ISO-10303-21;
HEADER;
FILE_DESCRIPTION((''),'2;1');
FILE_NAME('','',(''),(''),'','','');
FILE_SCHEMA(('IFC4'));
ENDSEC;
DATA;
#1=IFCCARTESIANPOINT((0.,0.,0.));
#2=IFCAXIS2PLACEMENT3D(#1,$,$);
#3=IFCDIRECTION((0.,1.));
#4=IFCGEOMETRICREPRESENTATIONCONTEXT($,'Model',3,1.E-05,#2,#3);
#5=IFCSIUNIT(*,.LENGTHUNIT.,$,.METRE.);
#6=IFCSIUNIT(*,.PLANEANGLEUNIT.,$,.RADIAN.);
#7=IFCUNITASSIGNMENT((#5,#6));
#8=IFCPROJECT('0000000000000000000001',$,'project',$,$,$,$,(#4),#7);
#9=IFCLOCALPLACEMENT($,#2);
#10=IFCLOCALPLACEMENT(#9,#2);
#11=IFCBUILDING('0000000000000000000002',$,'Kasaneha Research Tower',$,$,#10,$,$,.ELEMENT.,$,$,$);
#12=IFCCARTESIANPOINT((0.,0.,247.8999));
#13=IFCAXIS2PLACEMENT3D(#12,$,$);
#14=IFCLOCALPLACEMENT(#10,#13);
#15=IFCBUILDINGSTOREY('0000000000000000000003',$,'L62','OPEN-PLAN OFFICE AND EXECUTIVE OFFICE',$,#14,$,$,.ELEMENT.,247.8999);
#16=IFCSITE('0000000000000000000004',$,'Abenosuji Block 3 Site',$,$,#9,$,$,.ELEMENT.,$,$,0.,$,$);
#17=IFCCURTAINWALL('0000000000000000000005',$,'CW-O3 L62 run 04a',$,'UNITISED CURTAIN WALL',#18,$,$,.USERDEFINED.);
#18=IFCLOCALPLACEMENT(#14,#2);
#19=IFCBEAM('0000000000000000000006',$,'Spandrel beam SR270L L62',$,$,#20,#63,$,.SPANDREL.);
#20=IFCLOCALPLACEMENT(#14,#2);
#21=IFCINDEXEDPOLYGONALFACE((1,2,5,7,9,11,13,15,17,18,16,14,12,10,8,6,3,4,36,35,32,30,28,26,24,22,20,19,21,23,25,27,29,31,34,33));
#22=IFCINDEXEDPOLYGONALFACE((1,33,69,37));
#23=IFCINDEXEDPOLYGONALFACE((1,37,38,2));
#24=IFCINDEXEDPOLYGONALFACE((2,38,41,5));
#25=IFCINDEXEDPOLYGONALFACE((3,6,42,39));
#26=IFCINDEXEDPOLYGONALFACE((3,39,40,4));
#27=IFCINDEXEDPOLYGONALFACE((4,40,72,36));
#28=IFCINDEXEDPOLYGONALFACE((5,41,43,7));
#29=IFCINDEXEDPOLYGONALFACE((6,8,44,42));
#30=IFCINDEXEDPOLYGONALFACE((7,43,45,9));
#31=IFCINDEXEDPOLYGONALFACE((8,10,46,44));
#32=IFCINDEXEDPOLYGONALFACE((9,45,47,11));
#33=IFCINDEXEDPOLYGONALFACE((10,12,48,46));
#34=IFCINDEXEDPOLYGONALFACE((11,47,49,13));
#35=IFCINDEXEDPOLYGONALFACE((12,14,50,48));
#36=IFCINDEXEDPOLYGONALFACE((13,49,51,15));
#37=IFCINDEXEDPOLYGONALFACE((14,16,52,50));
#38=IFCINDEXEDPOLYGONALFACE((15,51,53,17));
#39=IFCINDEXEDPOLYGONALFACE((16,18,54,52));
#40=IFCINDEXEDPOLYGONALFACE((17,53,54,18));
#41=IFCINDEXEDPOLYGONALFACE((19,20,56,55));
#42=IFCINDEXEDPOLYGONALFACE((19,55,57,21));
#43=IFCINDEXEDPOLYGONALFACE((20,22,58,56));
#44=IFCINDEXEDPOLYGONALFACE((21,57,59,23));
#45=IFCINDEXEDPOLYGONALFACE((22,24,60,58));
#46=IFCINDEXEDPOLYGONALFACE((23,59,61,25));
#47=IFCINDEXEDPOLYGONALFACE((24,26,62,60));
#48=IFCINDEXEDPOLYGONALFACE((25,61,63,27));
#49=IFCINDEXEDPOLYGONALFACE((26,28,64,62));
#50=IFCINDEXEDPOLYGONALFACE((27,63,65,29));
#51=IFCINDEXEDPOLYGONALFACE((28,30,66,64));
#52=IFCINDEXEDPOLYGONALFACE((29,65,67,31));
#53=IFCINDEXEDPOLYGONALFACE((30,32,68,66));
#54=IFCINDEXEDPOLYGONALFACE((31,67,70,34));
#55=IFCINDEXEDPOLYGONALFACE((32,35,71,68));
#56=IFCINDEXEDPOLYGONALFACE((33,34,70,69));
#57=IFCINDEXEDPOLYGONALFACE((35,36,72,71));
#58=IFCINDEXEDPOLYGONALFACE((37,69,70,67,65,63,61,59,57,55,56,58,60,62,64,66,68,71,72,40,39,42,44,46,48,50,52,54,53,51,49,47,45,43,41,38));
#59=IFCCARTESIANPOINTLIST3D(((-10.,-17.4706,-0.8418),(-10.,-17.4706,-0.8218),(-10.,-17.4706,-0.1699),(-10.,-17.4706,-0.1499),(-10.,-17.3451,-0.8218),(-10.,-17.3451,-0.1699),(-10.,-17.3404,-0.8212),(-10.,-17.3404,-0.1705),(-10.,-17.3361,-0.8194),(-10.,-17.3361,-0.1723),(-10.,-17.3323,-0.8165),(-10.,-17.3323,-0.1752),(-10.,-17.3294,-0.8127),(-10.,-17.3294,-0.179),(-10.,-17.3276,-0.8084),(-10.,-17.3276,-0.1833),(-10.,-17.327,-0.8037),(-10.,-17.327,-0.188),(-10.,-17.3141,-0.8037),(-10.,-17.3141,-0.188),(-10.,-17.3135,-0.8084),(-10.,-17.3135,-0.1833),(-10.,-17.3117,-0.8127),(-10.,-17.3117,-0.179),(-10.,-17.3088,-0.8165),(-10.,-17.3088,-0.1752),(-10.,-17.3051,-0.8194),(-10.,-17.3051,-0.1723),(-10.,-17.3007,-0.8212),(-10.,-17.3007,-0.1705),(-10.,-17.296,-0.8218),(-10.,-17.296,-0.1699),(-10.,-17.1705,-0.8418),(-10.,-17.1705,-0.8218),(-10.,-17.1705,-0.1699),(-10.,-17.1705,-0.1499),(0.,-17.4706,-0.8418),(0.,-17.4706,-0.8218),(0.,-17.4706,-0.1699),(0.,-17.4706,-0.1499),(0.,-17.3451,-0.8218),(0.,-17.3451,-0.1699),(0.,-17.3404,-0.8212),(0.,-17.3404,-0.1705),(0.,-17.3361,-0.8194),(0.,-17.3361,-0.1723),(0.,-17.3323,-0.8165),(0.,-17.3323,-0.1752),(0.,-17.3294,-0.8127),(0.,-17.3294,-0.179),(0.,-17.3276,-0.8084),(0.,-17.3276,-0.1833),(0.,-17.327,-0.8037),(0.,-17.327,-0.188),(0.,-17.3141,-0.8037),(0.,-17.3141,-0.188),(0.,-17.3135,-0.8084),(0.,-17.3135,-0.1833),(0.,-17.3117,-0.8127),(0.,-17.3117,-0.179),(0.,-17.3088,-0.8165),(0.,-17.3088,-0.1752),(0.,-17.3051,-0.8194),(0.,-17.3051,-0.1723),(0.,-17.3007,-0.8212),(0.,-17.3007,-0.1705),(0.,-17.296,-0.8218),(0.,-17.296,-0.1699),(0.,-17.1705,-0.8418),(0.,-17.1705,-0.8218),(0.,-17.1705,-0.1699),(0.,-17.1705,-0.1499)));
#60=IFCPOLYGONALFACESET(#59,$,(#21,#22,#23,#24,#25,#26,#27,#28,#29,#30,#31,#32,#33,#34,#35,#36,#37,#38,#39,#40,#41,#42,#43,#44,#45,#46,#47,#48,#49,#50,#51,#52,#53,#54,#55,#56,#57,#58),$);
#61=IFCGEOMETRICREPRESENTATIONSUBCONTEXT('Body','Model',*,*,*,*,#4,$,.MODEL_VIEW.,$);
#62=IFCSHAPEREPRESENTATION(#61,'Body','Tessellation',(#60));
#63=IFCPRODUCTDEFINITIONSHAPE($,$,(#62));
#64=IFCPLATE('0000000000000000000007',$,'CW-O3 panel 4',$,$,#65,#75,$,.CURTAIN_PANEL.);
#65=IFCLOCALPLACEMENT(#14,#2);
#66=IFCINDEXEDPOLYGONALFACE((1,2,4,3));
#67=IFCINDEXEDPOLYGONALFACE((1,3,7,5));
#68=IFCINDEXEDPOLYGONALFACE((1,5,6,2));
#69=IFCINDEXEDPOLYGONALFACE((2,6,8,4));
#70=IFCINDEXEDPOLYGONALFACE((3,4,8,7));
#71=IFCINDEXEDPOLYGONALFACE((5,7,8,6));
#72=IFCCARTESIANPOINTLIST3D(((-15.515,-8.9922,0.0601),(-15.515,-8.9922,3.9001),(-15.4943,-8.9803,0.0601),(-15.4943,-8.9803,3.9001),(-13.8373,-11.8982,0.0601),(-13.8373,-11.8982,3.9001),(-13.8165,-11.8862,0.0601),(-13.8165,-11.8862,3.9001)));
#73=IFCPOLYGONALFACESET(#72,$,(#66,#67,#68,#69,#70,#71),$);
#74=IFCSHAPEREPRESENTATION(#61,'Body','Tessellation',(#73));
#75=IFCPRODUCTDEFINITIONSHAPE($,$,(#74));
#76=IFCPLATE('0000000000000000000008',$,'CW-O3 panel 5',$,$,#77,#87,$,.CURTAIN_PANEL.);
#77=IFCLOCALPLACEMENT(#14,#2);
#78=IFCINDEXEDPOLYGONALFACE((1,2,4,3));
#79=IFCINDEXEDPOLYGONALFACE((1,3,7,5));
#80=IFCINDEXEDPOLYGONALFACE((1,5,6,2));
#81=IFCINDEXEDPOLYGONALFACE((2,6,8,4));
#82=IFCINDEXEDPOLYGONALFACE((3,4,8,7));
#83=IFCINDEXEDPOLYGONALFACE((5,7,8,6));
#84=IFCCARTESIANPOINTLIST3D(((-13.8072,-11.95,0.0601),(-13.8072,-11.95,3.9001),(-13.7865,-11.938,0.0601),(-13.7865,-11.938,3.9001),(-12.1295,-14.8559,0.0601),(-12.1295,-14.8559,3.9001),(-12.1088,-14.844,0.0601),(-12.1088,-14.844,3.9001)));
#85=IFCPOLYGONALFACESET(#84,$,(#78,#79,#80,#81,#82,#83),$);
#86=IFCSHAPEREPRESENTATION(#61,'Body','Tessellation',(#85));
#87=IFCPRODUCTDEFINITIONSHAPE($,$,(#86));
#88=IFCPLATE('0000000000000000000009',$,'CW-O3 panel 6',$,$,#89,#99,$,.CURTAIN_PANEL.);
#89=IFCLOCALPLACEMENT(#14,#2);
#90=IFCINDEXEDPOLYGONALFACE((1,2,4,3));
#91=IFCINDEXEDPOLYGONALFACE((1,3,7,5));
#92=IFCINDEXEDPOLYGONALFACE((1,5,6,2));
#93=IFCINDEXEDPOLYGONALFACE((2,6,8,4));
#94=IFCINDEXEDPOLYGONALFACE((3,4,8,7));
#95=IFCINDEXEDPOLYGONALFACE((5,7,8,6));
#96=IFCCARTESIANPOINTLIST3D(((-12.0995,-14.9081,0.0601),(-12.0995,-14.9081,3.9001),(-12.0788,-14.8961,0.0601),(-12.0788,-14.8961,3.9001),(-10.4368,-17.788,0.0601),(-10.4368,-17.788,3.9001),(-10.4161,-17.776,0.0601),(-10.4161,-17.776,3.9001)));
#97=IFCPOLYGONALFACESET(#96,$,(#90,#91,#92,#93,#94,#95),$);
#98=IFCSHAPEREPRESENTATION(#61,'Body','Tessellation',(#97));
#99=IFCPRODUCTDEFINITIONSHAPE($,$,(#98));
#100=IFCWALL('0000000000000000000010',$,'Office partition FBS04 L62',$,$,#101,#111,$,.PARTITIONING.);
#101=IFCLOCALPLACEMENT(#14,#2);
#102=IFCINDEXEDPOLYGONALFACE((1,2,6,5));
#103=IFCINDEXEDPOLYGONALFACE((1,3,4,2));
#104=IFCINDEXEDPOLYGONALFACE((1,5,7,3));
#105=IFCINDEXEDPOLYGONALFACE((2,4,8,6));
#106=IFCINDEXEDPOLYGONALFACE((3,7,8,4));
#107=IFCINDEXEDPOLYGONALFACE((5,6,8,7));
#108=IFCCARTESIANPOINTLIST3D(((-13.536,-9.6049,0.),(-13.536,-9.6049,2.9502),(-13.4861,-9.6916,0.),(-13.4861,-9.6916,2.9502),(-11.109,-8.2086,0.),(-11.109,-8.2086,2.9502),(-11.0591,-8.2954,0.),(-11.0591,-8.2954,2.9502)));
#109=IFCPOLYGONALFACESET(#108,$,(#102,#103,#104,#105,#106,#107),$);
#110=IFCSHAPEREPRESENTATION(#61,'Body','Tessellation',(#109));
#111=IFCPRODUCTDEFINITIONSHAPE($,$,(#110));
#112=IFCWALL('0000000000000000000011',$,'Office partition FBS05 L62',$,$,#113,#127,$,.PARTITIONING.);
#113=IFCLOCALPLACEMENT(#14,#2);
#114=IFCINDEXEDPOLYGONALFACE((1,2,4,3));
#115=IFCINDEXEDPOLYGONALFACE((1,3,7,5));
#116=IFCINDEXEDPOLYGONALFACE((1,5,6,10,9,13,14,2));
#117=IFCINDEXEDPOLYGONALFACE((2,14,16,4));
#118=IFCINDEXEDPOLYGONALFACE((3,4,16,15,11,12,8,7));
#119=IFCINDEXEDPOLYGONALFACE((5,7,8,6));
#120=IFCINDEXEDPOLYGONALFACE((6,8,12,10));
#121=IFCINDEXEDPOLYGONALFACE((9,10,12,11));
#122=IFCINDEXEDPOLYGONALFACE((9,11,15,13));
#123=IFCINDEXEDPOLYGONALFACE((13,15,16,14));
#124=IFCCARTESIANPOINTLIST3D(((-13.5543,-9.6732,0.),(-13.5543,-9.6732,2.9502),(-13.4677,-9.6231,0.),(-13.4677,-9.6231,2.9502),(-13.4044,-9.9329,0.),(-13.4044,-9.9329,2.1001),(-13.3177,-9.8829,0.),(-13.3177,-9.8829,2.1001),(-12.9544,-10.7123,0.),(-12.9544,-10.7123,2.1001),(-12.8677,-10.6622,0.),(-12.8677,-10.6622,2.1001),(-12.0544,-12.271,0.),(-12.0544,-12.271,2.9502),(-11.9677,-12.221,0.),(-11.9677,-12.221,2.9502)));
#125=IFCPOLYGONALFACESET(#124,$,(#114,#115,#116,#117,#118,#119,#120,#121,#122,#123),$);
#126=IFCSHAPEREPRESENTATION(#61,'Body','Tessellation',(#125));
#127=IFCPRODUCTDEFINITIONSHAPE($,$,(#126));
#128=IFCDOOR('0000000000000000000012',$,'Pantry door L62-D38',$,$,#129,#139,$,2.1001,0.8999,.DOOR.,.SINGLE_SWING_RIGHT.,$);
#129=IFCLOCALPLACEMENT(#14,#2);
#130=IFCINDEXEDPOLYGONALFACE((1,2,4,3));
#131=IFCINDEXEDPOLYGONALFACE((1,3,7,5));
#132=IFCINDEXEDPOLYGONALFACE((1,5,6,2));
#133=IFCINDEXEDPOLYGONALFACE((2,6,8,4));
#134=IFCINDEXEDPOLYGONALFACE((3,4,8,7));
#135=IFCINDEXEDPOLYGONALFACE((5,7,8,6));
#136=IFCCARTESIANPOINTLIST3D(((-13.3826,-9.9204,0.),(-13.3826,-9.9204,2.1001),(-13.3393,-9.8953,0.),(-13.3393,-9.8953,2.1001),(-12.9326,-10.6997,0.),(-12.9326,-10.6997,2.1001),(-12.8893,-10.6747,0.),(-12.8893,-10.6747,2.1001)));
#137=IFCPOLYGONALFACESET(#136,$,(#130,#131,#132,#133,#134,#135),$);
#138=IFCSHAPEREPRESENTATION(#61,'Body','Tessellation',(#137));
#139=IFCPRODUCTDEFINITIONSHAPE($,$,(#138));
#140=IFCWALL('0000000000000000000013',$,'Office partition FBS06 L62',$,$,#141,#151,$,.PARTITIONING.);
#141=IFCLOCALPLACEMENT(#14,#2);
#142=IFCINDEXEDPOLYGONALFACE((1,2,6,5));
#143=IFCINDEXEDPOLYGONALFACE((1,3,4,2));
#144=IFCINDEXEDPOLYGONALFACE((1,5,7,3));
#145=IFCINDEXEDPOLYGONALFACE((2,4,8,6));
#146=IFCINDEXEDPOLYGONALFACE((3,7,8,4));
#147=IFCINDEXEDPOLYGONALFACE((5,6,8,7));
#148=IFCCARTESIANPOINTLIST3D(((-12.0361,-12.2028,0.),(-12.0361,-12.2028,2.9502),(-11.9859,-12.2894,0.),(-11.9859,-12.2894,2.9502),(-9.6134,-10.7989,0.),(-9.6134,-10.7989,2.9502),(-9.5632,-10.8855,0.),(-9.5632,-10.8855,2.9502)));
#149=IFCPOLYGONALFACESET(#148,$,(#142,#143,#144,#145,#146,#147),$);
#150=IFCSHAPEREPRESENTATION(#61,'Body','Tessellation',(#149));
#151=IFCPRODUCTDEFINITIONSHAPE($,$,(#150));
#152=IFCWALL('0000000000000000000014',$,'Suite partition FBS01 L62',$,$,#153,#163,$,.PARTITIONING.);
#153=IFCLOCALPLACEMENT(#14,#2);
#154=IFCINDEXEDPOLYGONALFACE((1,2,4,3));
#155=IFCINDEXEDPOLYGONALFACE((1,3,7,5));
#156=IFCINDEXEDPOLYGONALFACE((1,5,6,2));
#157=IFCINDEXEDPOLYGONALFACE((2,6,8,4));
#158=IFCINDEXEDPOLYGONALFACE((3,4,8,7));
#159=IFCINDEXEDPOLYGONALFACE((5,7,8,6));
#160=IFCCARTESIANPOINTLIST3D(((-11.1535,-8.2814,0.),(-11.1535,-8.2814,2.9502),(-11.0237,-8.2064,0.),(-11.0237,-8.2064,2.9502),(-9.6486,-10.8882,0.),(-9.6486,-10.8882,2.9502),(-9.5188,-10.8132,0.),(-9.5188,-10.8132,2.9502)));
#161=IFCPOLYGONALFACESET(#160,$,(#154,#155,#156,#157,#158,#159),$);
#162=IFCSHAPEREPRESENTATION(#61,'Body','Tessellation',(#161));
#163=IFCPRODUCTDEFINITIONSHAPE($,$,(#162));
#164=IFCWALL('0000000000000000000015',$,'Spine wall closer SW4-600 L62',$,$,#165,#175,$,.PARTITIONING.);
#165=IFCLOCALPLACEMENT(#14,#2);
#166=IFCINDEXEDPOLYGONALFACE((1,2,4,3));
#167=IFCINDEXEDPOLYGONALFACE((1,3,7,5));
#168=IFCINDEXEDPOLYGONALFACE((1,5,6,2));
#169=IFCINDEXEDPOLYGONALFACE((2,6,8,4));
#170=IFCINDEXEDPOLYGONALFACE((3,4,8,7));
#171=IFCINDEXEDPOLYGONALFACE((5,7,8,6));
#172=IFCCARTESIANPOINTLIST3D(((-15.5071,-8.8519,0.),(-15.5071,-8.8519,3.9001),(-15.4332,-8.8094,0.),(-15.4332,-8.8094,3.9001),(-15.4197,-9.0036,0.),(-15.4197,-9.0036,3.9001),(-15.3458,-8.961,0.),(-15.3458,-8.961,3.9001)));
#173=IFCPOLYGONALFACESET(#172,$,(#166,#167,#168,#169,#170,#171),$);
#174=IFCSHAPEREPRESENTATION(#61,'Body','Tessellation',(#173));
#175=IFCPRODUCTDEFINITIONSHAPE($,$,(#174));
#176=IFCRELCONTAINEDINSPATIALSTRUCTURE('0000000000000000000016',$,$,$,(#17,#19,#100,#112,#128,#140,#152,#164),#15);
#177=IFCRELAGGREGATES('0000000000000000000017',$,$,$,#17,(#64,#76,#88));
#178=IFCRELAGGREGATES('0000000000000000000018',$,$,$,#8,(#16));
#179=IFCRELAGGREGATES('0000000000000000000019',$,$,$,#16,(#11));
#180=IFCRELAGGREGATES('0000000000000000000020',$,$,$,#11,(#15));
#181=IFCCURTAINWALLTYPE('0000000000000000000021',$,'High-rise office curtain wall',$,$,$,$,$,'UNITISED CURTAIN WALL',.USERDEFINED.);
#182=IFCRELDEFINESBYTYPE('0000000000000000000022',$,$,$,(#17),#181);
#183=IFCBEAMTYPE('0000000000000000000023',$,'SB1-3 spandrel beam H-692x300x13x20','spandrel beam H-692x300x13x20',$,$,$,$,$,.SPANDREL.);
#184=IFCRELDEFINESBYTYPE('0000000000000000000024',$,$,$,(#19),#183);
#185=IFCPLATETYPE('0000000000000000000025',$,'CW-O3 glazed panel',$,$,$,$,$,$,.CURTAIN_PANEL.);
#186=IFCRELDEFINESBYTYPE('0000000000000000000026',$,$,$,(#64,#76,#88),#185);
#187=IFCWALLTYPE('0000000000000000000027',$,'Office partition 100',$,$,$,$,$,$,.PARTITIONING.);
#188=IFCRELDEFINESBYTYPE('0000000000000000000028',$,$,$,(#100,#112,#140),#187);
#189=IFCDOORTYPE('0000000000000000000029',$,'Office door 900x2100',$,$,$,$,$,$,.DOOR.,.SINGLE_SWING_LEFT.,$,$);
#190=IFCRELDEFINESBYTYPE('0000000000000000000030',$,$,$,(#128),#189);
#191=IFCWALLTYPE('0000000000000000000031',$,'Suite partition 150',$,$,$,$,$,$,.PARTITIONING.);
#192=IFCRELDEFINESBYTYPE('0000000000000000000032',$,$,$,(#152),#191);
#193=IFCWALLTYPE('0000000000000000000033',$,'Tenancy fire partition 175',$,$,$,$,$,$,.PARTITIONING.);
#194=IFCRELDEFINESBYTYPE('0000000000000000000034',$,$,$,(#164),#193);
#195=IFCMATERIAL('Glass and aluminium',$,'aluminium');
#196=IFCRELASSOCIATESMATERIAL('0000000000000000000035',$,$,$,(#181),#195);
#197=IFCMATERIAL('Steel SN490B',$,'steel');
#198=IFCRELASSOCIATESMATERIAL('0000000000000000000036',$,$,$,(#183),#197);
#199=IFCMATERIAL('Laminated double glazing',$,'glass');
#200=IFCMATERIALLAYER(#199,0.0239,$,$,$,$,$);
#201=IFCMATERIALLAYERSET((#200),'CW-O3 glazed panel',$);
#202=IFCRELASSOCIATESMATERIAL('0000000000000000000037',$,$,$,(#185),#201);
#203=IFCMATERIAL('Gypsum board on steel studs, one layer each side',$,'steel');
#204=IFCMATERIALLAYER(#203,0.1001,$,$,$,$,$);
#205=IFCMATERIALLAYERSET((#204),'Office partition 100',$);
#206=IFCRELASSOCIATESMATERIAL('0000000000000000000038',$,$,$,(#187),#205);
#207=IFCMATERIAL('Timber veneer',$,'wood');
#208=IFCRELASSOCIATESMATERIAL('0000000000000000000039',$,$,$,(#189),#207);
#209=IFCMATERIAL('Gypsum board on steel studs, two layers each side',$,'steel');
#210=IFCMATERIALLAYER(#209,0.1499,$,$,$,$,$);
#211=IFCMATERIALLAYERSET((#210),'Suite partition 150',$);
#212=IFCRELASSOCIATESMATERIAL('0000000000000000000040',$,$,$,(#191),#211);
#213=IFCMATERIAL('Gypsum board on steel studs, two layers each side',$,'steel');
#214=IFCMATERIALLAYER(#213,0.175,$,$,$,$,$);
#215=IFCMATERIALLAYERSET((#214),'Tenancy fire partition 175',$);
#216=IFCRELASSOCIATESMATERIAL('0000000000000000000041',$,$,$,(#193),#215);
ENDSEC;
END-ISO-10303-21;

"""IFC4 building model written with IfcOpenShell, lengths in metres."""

from ifc_helpers import new_model, si_unit, direction, frame, frame_2d, origin, origin_2d, place, context, subcontext, project, spatial, rectangle, i_section, extrude, material, layer, layer_set, material_profile, profile_set, type_object, element, fill, aggregate, save


model = new_model("IFC4")

# Units and contexts
model_context = context("Model", 3, precision=1e-05, world=origin(), true_north=direction((0.0, 1.0)))
body_context = subcontext(model_context, "Body", "Model", "MODEL_VIEW")
ifc_project = project(units=[si_unit("LENGTHUNIT", "METRE"), si_unit("PLANEANGLEUNIT", "RADIAN")], contexts=[model_context])

# Site, building, storey
site_placement = place(None, origin())
site = spatial("IfcSite", under=ifc_project, at=site_placement, Name="Abenosuji Block 3 Site", CompositionType="ELEMENT", RefElevation=0.0)
building_placement = place(site_placement, origin())
building = spatial("IfcBuilding", under=site, at=building_placement, Name="Kasaneha Research Tower", CompositionType="ELEMENT")
storey_placement = place(building_placement, frame((0.0, 0.0, 247.8999)))
storey = spatial("IfcBuildingStorey", under=building, at=storey_placement, Name="L62", Description="OPEN-PLAN OFFICE AND EXECUTIVE OFFICE", CompositionType="ELEMENT", Elevation=247.8999)

# Curtain wall
ifc_material_1 = material(Name="Glass and aluminium", Category="aluminium")
curtain_wall_type = type_object("IfcCurtainWallType", Name="High-rise office curtain wall", ElementType="UNITISED CURTAIN WALL", PredefinedType="USERDEFINED", material=ifc_material_1)
curtain_wall_1_placement = place(storey_placement, origin())
curtain_wall_1 = element("IfcCurtainWall", 1, at=curtain_wall_1_placement, inside=storey, type_object=curtain_wall_type, Name="CW-O3 L62 run 04a", ObjectType="UNITISED CURTAIN WALL", PredefinedType="USERDEFINED")

# Beam
ifc_material_2 = material(Name="Steel SN490B", Category="steel")
ifc_material_profile_1 = material_profile(ifc_material_2, i_section(OverallWidth=0.3, OverallDepth=0.6919, WebThickness=0.0129, FlangeThickness=0.02, FilletRadius=0.0181, at=origin_2d()), Name="H-692x300x13x20")
ifc_profile_set_1 = profile_set([ifc_material_profile_1], Name="Steel SN490B")
beam_type_1 = type_object("IfcBeamType", Name="SB1-3 spandrel beam H-692x300x13x20", Description="spandrel beam H-692x300x13x20", PredefinedType="SPANDREL", material=ifc_profile_set_1)
beam_1_placement = place(storey_placement, frame((-10.0, -17.3206, -0.4958), z_axis=(1.0, 0.0, 0.0), x_axis=(0.0, 1.0, 0.0)))
element("IfcBeam", 2, at=beam_1_placement, inside=storey, type_object=beam_type_1, Name="Spandrel beam SR270L L62", PredefinedType="SPANDREL", context=body_context, shape_type="SweptSolid", body=[
    extrude(i_section(OverallWidth=0.3, OverallDepth=0.6919, WebThickness=0.0129, FlangeThickness=0.02, FilletRadius=0.0181, at=origin_2d()), origin(), (0.0, 0.0, 1.0), 10.0),
])

# Plates
ifc_material_3 = material(Name="Laminated double glazing", Category="glass")
ifc_layer_1 = layer(ifc_material_3, 0.0239)
ifc_layer_set_1 = layer_set([ifc_layer_1], Name="CW-O3 glazed panel")
plate_type = type_object("IfcPlateType", Name="CW-O3 glazed panel", PredefinedType="CURTAIN_PANEL", material=ifc_layer_set_1)
plate_1_placement = place(storey_placement, frame((-14.6658, -10.4392, 0.0601), z_axis=(0.0, 0.0, 1.0), x_axis=(0.5, -0.866025, 0.0)))
plate_1 = element("IfcPlate", 3, at=plate_1_placement, type_object=plate_type, Name="CW-O3 panel 4", PredefinedType="CURTAIN_PANEL", context=body_context, shape_type="SweptSolid", body=[
    extrude(rectangle(XDim=3.3555, YDim=0.0239, at=origin_2d()), origin(), (0.0, 0.0, 1.0), 3.8401),
])
plate_2_placement = place(storey_placement, frame((-12.958, -13.397, 0.0601), z_axis=(0.0, 0.0, 1.0), x_axis=(0.5, -0.866025, 0.0)))
plate_2 = element("IfcPlate", 4, at=plate_2_placement, type_object=plate_type, Name="CW-O3 panel 5", PredefinedType="CURTAIN_PANEL", context=body_context, shape_type="SweptSolid", body=[
    extrude(rectangle(XDim=3.3555, YDim=0.0239, at=origin_2d()), origin(), (0.0, 0.0, 1.0), 3.8401),
])
plate_3_placement = place(storey_placement, frame((-11.2578, -16.342, 0.0601), z_axis=(0.0, 0.0, 1.0), x_axis=(0.5, -0.866025, 0.0)))
plate_3 = element("IfcPlate", 5, at=plate_3_placement, type_object=plate_type, Name="CW-O3 panel 6", PredefinedType="CURTAIN_PANEL", context=body_context, shape_type="SweptSolid", body=[
    extrude(rectangle(XDim=3.3254, YDim=0.0239, at=origin_2d()), origin(), (0.0, 0.0, 1.0), 3.8401),
])
aggregate(curtain_wall_1, [plate_1, plate_2, plate_3])

# Wall
ifc_material_4 = material(Name="Gypsum board on steel studs, one layer each side", Category="steel")
ifc_layer_2 = layer(ifc_material_4, 0.1001)
ifc_layer_set_2 = layer_set([ifc_layer_2], Name="Office partition 100")
wall_type_1 = type_object("IfcWallType", Name="Office partition 100", PredefinedType="PARTITIONING", material=ifc_layer_set_2)
wall_1_placement = place(storey_placement, frame((-13.511, -9.6482, 0.0), z_axis=(0.0, 0.0, 1.0), x_axis=(0.866796, 0.498663, 0.0)))
element("IfcWall", 6, at=wall_1_placement, inside=storey, type_object=wall_type_1, Name="Office partition FBS04 L62", PredefinedType="PARTITIONING", context=body_context, shape_type="SweptSolid", body=[
    extrude(rectangle(XDim=2.8, YDim=0.1001, at=frame_2d((1.3999, 0.0))), origin(), (0.0, 0.0, 1.0), 2.9502),
])

# Wall, opening, door
wall_2_placement = place(storey_placement, frame((-12.011, -12.2461, 0.0), z_axis=(0.0, 0.0, 1.0), x_axis=(-0.500025, 0.866011, 0.0)))
wall_2 = element("IfcWall", 7, at=wall_2_placement, inside=storey, type_object=wall_type_1, Name="Office partition FBS05 L62", PredefinedType="PARTITIONING", context=body_context, shape_type="SweptSolid", body=[
    extrude(rectangle(XDim=2.9998, YDim=0.1001, at=frame_2d((1.5, 0.0))), origin(), (0.0, 0.0, 1.0), 2.9502),
])
opening_placement = place(wall_2_placement, frame((1.8, 0.0, 0.0)))
opening = element("IfcOpeningElement", 8, at=opening_placement, cuts=wall_2, PredefinedType="OPENING", context=body_context, shape_type="SweptSolid", body=[
    extrude(rectangle(XDim=0.8999, YDim=2.1001, at=frame_2d((0.45, 1.05))), frame((0.0, 0.0601, 0.0), z_axis=(0.0, -1.0, 0.0), x_axis=(1.0, 0.0, 0.0)), (0.0, 0.0, 1.0), 0.1201),
])
ifc_material_5 = material(Name="Timber veneer", Category="wood")
door_type = type_object("IfcDoorType", Name="Office door 900x2100", OperationType="SINGLE_SWING_LEFT", PredefinedType="DOOR", material=ifc_material_5)
door_placement = place(opening_placement, origin())
door = element("IfcDoor", 9, at=door_placement, inside=storey, type_object=door_type, Name="Pantry door L62-D38", OperationType="SINGLE_SWING_RIGHT", OverallHeight=2.1001, OverallWidth=0.8999, PredefinedType="DOOR", context=body_context, shape_type="SweptSolid", body=[
    extrude(rectangle(XDim=0.8999, YDim=2.1001, at=frame_2d((0.45, 1.05))), frame((0.0, 0.0249, 0.0), z_axis=(0.0, -1.0, 0.0), x_axis=(1.0, 0.0, 0.0)), (0.0, 0.0, 1.0), 0.05),
])
fill(opening, door)

# Walls
wall_3_placement = place(storey_placement, frame((-9.5884, -10.8423, 0.0), z_axis=(0.0, 0.0, 1.0), x_axis=(-0.865233, -0.50137, 0.0)))
element("IfcWall", 10, at=wall_3_placement, inside=storey, type_object=wall_type_1, Name="Office partition FBS06 L62", PredefinedType="PARTITIONING", context=body_context, shape_type="SweptSolid", body=[
    extrude(rectangle(XDim=2.8, YDim=0.1001, at=frame_2d((1.3999, 0.0))), origin(), (0.0, 0.0, 1.0), 2.9502),
])
ifc_material_6 = material(Name="Gypsum board on steel studs, two layers each side", Category="steel")
ifc_layer_3 = layer(ifc_material_6, 0.1499)
ifc_layer_set_3 = layer_set([ifc_layer_3], Name="Suite partition 150")
wall_type_2 = type_object("IfcWallType", Name="Suite partition 150", PredefinedType="PARTITIONING", material=ifc_layer_set_3)
wall_4_placement = place(storey_placement, frame((-9.5837, -10.8506, 0.0), z_axis=(0.0, 0.0, 1.0), x_axis=(-0.499978, 0.866038, 0.0)))
element("IfcWall", 11, at=wall_4_placement, inside=storey, type_object=wall_type_2, Name="Suite partition FBS01 L62", PredefinedType="PARTITIONING", context=body_context, shape_type="SweptSolid", body=[
    extrude(rectangle(XDim=3.01, YDim=0.1499, at=frame_2d((1.5049, 0.0))), origin(), (0.0, 0.0, 1.0), 2.9502),
])
ifc_material_7 = material(Name="Gypsum board on steel studs, two layers each side", Category="steel")
ifc_layer_4 = layer(ifc_material_7, 0.175)
ifc_layer_set_4 = layer_set([ifc_layer_4], Name="Tenancy fire partition 175")
wall_type_3 = type_object("IfcWallType", Name="Tenancy fire partition 175", PredefinedType="PARTITIONING", material=ifc_layer_set_4)
wall_5_placement = place(storey_placement, frame((-15.3896, -8.8853, 0.0), z_axis=(0.0, 0.0, 1.0), x_axis=(-0.866472, -0.499226, 0.0)))
element("IfcWall", 12, at=wall_5_placement, inside=storey, type_object=wall_type_3, Name="Spine wall closer SW4-600 L62", PredefinedType="PARTITIONING", context=body_context, shape_type="SweptSolid", body=[
    extrude(rectangle(XDim=0.0852, YDim=0.175, at=frame_2d((0.0425, 0.0))), origin(), (0.0, 0.0, 1.0), 3.9001),
])

save(model, "model.ifc")
